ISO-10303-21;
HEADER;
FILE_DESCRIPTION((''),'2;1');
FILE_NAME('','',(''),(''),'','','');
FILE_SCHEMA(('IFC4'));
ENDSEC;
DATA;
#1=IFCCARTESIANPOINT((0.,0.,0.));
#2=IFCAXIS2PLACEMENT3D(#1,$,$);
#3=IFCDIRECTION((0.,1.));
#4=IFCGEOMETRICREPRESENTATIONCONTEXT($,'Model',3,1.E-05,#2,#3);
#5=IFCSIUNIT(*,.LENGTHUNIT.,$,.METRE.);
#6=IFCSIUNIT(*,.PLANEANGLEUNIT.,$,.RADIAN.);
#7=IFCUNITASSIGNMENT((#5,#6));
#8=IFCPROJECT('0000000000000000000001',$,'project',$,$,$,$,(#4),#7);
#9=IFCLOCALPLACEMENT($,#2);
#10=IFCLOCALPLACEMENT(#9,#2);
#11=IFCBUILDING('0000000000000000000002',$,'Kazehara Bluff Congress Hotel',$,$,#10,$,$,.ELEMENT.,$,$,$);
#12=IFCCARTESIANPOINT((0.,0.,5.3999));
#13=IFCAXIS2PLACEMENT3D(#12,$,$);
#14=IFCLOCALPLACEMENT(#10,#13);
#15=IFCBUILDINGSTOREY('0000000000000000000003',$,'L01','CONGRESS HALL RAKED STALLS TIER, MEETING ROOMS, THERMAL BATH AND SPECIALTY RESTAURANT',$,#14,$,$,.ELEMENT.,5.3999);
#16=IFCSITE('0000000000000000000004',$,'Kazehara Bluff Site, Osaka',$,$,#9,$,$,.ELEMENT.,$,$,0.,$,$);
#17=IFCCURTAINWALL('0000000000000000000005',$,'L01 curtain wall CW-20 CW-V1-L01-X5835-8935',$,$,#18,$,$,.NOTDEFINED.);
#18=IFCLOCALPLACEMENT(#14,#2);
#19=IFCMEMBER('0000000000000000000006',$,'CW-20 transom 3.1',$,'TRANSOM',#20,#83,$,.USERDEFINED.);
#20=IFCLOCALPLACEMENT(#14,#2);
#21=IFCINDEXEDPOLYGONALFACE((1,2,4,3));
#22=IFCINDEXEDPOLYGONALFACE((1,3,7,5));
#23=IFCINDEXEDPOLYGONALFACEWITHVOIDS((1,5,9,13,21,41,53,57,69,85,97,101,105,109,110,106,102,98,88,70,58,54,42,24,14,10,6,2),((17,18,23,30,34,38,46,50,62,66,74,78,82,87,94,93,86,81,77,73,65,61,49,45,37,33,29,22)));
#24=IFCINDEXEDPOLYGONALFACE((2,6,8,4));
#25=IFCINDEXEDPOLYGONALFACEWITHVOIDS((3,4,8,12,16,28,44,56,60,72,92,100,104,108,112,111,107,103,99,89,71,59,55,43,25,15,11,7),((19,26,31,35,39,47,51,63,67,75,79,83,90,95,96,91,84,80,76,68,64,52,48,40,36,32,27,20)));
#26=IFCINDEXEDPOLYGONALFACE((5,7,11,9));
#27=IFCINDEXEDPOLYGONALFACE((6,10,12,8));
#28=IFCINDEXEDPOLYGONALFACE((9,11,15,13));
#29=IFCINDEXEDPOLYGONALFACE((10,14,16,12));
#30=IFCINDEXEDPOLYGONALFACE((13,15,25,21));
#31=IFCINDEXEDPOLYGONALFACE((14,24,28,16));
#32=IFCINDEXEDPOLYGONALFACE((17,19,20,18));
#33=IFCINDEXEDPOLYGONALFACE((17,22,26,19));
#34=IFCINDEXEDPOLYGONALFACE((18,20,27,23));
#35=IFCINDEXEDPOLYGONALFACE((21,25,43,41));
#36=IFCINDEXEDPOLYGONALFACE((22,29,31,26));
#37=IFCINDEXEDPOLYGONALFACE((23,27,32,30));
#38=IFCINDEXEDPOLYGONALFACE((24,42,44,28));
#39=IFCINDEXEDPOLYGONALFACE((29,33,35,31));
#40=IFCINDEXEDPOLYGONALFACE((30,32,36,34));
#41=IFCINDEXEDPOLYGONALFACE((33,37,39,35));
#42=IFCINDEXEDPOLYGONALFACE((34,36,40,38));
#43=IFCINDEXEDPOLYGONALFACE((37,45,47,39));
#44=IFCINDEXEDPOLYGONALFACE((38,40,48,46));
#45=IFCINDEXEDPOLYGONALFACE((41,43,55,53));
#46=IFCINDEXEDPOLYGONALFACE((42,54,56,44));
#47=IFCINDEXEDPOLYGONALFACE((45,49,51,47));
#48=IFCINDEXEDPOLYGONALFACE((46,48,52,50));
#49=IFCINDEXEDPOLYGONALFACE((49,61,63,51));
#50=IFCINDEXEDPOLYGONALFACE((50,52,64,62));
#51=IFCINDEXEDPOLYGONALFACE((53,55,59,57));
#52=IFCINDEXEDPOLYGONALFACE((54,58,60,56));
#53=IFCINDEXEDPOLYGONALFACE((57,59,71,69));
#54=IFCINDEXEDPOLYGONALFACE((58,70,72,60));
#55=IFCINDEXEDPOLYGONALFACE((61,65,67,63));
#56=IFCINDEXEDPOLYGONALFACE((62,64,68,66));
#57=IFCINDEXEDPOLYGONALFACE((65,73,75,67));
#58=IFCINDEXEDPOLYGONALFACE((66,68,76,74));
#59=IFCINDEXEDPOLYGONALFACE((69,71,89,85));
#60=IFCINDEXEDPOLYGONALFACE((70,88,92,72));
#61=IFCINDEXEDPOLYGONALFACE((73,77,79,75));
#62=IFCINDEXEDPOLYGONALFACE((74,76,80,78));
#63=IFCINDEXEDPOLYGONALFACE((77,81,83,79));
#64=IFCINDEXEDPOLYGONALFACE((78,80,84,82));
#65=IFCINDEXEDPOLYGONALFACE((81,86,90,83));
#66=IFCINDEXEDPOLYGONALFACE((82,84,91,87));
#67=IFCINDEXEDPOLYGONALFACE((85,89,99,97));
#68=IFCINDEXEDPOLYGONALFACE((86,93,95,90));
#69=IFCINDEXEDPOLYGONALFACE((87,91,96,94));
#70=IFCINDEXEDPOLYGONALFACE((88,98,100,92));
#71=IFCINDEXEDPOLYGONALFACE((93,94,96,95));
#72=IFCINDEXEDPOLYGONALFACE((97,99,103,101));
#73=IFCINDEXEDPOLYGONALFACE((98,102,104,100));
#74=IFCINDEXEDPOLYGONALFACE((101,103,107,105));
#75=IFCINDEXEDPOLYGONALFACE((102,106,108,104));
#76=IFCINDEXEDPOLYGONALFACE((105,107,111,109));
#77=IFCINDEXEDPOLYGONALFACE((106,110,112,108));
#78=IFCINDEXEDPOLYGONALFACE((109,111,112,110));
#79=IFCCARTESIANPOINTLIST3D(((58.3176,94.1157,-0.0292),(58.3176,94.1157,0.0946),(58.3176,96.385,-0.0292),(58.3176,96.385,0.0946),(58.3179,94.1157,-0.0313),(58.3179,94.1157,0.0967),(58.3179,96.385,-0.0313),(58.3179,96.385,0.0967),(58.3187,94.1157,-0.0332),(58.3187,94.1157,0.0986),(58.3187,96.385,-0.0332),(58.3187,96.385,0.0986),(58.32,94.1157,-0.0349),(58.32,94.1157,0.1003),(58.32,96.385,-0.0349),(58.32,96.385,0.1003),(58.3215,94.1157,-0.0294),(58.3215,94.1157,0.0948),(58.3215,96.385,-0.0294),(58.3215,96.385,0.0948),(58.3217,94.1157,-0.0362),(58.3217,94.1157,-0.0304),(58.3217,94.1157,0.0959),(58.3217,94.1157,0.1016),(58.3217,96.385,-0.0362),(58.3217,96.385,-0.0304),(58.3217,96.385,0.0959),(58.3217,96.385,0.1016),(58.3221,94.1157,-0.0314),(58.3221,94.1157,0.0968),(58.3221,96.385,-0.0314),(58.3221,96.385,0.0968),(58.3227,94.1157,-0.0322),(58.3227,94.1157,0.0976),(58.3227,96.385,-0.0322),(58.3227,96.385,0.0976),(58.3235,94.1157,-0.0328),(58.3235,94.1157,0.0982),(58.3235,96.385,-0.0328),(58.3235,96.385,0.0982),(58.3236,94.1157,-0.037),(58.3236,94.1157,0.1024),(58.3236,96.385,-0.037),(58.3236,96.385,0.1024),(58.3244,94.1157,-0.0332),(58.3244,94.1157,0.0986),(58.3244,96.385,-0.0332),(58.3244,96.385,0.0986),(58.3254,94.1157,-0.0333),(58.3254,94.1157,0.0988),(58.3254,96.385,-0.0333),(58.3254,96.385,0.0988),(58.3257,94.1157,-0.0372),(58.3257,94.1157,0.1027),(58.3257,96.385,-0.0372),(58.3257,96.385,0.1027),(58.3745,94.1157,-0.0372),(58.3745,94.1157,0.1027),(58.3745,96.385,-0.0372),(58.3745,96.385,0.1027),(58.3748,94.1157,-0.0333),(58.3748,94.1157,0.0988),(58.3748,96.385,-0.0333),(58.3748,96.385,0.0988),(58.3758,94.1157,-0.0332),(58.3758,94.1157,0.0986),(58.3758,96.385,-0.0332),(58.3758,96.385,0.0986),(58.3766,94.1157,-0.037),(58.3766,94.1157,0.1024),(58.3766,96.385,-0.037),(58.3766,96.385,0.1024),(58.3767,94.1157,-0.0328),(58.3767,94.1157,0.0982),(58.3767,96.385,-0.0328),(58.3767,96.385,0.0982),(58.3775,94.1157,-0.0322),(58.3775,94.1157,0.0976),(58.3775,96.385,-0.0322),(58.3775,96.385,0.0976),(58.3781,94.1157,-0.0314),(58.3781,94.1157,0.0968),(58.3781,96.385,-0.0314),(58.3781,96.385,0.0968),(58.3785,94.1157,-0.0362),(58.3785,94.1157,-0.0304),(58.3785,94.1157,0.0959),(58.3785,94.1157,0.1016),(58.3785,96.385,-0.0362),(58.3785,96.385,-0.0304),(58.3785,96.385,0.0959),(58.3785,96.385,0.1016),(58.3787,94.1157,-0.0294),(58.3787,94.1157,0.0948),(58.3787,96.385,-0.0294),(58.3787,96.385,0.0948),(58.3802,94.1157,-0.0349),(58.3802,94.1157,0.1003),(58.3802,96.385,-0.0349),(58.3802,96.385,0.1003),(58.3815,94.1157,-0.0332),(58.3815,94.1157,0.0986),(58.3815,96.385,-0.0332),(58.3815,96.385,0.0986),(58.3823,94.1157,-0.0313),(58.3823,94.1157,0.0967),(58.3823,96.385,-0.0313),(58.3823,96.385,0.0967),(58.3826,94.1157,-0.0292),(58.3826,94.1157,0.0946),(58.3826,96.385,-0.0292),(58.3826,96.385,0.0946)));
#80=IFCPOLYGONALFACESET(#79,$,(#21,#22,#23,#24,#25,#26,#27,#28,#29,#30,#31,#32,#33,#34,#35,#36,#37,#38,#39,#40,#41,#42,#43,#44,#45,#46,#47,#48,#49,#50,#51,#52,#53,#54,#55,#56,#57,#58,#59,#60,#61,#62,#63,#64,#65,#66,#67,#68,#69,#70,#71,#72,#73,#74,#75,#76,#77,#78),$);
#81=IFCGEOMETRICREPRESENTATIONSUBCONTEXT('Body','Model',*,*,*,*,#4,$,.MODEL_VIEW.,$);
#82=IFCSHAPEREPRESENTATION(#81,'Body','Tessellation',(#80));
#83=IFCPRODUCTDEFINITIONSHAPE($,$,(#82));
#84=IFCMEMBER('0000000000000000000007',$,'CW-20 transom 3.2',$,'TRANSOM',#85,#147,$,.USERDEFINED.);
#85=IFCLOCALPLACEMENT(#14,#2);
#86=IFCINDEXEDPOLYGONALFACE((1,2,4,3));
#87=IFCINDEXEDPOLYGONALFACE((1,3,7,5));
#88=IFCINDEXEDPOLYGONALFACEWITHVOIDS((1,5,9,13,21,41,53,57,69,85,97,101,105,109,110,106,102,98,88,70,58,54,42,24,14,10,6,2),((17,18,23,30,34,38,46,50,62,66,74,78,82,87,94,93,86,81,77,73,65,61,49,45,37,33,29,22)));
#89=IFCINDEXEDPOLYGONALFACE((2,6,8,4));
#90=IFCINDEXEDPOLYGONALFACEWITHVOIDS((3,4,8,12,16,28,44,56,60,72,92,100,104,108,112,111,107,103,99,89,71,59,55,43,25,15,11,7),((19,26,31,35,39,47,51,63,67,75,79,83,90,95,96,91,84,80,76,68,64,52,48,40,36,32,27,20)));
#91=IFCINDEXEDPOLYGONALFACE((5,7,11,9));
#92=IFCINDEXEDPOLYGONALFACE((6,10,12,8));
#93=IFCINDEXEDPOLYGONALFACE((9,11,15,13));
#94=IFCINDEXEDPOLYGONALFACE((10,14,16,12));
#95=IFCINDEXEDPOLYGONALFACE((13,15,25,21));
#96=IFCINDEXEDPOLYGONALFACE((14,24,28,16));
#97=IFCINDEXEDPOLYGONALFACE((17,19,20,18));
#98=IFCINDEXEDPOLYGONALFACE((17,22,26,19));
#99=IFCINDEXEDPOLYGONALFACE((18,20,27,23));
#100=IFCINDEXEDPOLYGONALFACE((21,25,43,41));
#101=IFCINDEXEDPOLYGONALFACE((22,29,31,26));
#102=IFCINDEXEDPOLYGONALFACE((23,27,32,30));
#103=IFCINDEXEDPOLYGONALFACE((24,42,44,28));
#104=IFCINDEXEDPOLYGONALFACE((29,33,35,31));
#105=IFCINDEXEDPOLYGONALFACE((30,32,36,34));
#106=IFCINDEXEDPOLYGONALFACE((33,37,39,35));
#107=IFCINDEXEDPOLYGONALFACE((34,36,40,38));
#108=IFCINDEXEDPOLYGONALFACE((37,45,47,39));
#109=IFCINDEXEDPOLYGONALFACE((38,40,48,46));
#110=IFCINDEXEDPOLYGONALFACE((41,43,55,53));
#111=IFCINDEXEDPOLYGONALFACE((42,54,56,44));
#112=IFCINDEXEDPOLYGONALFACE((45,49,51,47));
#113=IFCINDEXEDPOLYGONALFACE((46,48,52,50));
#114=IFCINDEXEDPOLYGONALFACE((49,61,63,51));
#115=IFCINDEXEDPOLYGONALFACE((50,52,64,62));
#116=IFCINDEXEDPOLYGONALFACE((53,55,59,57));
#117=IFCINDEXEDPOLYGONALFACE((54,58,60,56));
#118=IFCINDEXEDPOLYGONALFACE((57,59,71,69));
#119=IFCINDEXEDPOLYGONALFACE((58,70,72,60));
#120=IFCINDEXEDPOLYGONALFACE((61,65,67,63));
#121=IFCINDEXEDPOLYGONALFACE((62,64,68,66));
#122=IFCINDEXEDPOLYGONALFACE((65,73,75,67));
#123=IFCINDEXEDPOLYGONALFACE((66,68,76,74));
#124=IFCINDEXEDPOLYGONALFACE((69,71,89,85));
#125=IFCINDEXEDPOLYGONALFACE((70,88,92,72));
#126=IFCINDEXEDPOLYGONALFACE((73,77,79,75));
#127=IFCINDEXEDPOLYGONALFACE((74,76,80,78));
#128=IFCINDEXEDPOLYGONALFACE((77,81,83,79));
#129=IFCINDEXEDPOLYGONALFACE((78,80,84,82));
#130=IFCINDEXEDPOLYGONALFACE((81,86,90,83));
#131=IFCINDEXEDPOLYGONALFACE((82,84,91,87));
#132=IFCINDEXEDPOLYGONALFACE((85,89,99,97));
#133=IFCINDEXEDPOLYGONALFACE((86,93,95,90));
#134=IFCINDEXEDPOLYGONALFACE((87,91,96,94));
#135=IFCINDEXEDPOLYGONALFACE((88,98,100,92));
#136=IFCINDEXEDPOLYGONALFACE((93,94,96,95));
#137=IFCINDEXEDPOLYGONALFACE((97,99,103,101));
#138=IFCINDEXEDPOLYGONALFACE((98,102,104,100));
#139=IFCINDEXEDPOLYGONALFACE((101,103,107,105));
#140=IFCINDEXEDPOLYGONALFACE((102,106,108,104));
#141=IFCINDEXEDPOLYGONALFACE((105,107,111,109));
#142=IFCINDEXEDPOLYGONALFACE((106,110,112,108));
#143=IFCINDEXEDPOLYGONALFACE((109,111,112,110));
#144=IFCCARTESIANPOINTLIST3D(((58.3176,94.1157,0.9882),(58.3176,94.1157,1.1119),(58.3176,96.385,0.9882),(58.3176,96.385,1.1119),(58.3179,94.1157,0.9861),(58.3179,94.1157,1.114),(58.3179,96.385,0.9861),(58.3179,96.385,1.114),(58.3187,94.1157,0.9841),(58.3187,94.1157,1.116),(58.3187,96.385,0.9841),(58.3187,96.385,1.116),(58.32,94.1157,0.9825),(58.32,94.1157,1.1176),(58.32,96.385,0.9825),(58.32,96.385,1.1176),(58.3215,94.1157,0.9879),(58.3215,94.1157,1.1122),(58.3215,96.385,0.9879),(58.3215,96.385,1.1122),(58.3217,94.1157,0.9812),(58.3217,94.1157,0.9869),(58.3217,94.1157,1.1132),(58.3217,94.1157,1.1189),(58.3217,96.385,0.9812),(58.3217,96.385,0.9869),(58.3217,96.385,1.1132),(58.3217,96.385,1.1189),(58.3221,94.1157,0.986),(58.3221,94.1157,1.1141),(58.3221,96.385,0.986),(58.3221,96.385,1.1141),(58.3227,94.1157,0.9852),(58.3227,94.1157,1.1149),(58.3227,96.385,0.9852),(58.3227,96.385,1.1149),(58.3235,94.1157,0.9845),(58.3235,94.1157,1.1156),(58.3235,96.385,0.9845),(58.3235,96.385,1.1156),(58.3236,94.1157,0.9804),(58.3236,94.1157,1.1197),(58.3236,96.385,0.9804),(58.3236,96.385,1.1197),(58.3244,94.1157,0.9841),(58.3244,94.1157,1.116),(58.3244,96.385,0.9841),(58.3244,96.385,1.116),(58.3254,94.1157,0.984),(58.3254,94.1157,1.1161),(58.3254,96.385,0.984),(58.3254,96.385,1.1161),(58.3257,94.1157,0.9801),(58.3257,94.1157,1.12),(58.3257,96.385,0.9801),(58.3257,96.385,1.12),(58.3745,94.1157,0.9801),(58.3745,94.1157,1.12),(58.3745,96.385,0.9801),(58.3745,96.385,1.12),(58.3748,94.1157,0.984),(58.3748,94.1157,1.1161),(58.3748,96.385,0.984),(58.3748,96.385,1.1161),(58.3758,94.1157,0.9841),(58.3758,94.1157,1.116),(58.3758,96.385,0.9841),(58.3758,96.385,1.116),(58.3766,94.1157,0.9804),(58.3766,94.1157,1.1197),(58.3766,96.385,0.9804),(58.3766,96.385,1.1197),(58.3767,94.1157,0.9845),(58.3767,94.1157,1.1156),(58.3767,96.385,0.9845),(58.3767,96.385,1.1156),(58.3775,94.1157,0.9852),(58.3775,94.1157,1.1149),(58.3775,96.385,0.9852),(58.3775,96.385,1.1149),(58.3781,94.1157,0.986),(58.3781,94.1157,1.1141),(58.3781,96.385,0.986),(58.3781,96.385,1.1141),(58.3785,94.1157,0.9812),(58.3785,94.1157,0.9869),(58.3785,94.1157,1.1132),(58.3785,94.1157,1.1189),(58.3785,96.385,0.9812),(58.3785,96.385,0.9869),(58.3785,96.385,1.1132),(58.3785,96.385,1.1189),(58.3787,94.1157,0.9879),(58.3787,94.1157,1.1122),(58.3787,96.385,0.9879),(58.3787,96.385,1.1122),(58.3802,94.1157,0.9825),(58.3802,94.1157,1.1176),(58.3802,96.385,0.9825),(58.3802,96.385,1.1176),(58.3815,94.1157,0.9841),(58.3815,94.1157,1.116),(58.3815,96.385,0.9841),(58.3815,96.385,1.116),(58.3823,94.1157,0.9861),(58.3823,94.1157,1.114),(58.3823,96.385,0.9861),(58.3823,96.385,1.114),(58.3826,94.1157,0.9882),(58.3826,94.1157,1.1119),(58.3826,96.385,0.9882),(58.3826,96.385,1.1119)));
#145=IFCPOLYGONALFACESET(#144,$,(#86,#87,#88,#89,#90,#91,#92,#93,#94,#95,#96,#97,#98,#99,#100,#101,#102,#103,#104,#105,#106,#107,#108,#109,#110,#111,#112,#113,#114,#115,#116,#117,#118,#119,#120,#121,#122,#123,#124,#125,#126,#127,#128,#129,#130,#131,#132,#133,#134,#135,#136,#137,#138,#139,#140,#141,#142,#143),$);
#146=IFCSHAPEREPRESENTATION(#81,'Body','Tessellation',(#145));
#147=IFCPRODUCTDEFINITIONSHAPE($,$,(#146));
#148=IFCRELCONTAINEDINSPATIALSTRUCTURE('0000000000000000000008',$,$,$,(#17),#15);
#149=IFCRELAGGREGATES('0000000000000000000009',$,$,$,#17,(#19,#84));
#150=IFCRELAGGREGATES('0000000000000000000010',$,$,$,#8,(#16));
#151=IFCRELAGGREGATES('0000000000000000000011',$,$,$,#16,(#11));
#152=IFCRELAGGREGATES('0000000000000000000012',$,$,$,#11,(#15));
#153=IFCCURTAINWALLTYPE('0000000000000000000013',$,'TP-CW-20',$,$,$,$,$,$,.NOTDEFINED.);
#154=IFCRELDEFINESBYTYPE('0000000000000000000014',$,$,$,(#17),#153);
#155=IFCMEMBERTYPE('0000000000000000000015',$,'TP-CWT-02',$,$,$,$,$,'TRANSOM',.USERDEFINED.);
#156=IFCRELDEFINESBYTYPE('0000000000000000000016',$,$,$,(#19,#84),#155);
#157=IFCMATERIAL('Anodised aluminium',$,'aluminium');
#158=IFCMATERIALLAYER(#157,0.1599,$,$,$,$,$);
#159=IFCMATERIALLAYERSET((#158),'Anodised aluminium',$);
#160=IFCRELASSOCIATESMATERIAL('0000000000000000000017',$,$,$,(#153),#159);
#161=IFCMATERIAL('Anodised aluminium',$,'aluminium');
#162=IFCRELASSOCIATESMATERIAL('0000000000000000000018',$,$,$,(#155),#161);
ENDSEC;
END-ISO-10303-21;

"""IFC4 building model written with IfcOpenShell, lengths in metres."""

from ifc_helpers import new_model, si_unit, direction, frame, origin, origin_2d, place, context, subcontext, project, spatial, hollow_rectangle, extrude, material, layer, layer_set, material_profile, profile_set, type_object, element, aggregate, save


model = new_model("IFC4")

# Units and contexts
model_context = context("Model", 3, precision=1e-05, world=origin(), true_north=direction((0.0, 1.0)))
body_context = subcontext(model_context, "Body", "Model", "MODEL_VIEW")
ifc_project = project(units=[si_unit("LENGTHUNIT", "METRE"), si_unit("PLANEANGLEUNIT", "RADIAN")], contexts=[model_context])

# Site, building, storey
site_placement = place(None, origin())
site = spatial("IfcSite", under=ifc_project, at=site_placement, Name="Kazehara Bluff Site, Osaka", CompositionType="ELEMENT", RefElevation=0.0)
building_placement = place(site_placement, origin())
building = spatial("IfcBuilding", under=site, at=building_placement, Name="Kazehara Bluff Congress Hotel", CompositionType="ELEMENT")
storey_placement = place(building_placement, frame((0.0, 0.0, 5.3999)))
storey = spatial("IfcBuildingStorey", under=building, at=storey_placement, Name="L01", Description="CONGRESS HALL RAKED STALLS TIER, MEETING ROOMS, THERMAL BATH AND SPECIALTY RESTAURANT", CompositionType="ELEMENT", Elevation=5.3999)

# Curtain wall, members
ifc_material_1 = material(Name="Anodised aluminium", Category="aluminium")
ifc_layer_1 = layer(ifc_material_1, 0.1599)
ifc_layer_set_1 = layer_set([ifc_layer_1], Name="Anodised aluminium")
curtain_wall_type = type_object("IfcCurtainWallType", Name="TP-CW-20", PredefinedType="NOTDEFINED", material=ifc_layer_set_1)
curtain_wall_placement = place(storey_placement, origin())
curtain_wall = element("IfcCurtainWall", 1, at=curtain_wall_placement, inside=storey, type_object=curtain_wall_type, Name="L01 curtain wall CW-20 CW-V1-L01-X5835-8935", PredefinedType="NOTDEFINED")
ifc_material_2 = material(Name="Anodised aluminium", Category="aluminium")
ifc_material_profile_1 = material_profile(ifc_material_2, hollow_rectangle(XDim=0.0649, YDim=0.1399, WallThickness=0.0039, InnerFilletRadius=0.0039, OuterFilletRadius=0.0081, at=origin_2d()))
ifc_profile_set_1 = profile_set([ifc_material_profile_1], Name="Anodised aluminium")
member_type_1 = type_object("IfcMemberType", Name="TP-CWT-02", ElementType="TRANSOM", PredefinedType="USERDEFINED", material=ifc_profile_set_1)
member_1_placement = place(storey_placement, frame((58.3501, 94.1157, 0.0327), z_axis=(0.0, 1.0, 0.0), x_axis=(-1.0, 0.0, 0.0)))
member_1 = element("IfcMember", 2, at=member_1_placement, type_object=member_type_1, Name="CW-20 transom 3.1", ObjectType="TRANSOM", PredefinedType="USERDEFINED", context=body_context, shape_type="SweptSolid", body=[
    extrude(hollow_rectangle(XDim=0.0649, YDim=0.1399, WallThickness=0.0039, InnerFilletRadius=0.0039, OuterFilletRadius=0.0081, at=origin_2d()), origin(), (0.0, 0.0, 1.0), 2.2693),
])
member_2_placement = place(storey_placement, frame((58.3501, 94.1157, 1.05), z_axis=(0.0, 1.0, 0.0), x_axis=(-1.0, 0.0, 0.0)))
member_2 = element("IfcMember", 3, at=member_2_placement, type_object=member_type_1, Name="CW-20 transom 3.2", ObjectType="TRANSOM", PredefinedType="USERDEFINED", context=body_context, shape_type="SweptSolid", body=[
    extrude(hollow_rectangle(XDim=0.0649, YDim=0.1399, WallThickness=0.0039, InnerFilletRadius=0.0039, OuterFilletRadius=0.0081, at=origin_2d()), origin(), (0.0, 0.0, 1.0), 2.2693),
])

aggregate(curtain_wall, [member_1, member_2])

save(model, "model.ifc")
